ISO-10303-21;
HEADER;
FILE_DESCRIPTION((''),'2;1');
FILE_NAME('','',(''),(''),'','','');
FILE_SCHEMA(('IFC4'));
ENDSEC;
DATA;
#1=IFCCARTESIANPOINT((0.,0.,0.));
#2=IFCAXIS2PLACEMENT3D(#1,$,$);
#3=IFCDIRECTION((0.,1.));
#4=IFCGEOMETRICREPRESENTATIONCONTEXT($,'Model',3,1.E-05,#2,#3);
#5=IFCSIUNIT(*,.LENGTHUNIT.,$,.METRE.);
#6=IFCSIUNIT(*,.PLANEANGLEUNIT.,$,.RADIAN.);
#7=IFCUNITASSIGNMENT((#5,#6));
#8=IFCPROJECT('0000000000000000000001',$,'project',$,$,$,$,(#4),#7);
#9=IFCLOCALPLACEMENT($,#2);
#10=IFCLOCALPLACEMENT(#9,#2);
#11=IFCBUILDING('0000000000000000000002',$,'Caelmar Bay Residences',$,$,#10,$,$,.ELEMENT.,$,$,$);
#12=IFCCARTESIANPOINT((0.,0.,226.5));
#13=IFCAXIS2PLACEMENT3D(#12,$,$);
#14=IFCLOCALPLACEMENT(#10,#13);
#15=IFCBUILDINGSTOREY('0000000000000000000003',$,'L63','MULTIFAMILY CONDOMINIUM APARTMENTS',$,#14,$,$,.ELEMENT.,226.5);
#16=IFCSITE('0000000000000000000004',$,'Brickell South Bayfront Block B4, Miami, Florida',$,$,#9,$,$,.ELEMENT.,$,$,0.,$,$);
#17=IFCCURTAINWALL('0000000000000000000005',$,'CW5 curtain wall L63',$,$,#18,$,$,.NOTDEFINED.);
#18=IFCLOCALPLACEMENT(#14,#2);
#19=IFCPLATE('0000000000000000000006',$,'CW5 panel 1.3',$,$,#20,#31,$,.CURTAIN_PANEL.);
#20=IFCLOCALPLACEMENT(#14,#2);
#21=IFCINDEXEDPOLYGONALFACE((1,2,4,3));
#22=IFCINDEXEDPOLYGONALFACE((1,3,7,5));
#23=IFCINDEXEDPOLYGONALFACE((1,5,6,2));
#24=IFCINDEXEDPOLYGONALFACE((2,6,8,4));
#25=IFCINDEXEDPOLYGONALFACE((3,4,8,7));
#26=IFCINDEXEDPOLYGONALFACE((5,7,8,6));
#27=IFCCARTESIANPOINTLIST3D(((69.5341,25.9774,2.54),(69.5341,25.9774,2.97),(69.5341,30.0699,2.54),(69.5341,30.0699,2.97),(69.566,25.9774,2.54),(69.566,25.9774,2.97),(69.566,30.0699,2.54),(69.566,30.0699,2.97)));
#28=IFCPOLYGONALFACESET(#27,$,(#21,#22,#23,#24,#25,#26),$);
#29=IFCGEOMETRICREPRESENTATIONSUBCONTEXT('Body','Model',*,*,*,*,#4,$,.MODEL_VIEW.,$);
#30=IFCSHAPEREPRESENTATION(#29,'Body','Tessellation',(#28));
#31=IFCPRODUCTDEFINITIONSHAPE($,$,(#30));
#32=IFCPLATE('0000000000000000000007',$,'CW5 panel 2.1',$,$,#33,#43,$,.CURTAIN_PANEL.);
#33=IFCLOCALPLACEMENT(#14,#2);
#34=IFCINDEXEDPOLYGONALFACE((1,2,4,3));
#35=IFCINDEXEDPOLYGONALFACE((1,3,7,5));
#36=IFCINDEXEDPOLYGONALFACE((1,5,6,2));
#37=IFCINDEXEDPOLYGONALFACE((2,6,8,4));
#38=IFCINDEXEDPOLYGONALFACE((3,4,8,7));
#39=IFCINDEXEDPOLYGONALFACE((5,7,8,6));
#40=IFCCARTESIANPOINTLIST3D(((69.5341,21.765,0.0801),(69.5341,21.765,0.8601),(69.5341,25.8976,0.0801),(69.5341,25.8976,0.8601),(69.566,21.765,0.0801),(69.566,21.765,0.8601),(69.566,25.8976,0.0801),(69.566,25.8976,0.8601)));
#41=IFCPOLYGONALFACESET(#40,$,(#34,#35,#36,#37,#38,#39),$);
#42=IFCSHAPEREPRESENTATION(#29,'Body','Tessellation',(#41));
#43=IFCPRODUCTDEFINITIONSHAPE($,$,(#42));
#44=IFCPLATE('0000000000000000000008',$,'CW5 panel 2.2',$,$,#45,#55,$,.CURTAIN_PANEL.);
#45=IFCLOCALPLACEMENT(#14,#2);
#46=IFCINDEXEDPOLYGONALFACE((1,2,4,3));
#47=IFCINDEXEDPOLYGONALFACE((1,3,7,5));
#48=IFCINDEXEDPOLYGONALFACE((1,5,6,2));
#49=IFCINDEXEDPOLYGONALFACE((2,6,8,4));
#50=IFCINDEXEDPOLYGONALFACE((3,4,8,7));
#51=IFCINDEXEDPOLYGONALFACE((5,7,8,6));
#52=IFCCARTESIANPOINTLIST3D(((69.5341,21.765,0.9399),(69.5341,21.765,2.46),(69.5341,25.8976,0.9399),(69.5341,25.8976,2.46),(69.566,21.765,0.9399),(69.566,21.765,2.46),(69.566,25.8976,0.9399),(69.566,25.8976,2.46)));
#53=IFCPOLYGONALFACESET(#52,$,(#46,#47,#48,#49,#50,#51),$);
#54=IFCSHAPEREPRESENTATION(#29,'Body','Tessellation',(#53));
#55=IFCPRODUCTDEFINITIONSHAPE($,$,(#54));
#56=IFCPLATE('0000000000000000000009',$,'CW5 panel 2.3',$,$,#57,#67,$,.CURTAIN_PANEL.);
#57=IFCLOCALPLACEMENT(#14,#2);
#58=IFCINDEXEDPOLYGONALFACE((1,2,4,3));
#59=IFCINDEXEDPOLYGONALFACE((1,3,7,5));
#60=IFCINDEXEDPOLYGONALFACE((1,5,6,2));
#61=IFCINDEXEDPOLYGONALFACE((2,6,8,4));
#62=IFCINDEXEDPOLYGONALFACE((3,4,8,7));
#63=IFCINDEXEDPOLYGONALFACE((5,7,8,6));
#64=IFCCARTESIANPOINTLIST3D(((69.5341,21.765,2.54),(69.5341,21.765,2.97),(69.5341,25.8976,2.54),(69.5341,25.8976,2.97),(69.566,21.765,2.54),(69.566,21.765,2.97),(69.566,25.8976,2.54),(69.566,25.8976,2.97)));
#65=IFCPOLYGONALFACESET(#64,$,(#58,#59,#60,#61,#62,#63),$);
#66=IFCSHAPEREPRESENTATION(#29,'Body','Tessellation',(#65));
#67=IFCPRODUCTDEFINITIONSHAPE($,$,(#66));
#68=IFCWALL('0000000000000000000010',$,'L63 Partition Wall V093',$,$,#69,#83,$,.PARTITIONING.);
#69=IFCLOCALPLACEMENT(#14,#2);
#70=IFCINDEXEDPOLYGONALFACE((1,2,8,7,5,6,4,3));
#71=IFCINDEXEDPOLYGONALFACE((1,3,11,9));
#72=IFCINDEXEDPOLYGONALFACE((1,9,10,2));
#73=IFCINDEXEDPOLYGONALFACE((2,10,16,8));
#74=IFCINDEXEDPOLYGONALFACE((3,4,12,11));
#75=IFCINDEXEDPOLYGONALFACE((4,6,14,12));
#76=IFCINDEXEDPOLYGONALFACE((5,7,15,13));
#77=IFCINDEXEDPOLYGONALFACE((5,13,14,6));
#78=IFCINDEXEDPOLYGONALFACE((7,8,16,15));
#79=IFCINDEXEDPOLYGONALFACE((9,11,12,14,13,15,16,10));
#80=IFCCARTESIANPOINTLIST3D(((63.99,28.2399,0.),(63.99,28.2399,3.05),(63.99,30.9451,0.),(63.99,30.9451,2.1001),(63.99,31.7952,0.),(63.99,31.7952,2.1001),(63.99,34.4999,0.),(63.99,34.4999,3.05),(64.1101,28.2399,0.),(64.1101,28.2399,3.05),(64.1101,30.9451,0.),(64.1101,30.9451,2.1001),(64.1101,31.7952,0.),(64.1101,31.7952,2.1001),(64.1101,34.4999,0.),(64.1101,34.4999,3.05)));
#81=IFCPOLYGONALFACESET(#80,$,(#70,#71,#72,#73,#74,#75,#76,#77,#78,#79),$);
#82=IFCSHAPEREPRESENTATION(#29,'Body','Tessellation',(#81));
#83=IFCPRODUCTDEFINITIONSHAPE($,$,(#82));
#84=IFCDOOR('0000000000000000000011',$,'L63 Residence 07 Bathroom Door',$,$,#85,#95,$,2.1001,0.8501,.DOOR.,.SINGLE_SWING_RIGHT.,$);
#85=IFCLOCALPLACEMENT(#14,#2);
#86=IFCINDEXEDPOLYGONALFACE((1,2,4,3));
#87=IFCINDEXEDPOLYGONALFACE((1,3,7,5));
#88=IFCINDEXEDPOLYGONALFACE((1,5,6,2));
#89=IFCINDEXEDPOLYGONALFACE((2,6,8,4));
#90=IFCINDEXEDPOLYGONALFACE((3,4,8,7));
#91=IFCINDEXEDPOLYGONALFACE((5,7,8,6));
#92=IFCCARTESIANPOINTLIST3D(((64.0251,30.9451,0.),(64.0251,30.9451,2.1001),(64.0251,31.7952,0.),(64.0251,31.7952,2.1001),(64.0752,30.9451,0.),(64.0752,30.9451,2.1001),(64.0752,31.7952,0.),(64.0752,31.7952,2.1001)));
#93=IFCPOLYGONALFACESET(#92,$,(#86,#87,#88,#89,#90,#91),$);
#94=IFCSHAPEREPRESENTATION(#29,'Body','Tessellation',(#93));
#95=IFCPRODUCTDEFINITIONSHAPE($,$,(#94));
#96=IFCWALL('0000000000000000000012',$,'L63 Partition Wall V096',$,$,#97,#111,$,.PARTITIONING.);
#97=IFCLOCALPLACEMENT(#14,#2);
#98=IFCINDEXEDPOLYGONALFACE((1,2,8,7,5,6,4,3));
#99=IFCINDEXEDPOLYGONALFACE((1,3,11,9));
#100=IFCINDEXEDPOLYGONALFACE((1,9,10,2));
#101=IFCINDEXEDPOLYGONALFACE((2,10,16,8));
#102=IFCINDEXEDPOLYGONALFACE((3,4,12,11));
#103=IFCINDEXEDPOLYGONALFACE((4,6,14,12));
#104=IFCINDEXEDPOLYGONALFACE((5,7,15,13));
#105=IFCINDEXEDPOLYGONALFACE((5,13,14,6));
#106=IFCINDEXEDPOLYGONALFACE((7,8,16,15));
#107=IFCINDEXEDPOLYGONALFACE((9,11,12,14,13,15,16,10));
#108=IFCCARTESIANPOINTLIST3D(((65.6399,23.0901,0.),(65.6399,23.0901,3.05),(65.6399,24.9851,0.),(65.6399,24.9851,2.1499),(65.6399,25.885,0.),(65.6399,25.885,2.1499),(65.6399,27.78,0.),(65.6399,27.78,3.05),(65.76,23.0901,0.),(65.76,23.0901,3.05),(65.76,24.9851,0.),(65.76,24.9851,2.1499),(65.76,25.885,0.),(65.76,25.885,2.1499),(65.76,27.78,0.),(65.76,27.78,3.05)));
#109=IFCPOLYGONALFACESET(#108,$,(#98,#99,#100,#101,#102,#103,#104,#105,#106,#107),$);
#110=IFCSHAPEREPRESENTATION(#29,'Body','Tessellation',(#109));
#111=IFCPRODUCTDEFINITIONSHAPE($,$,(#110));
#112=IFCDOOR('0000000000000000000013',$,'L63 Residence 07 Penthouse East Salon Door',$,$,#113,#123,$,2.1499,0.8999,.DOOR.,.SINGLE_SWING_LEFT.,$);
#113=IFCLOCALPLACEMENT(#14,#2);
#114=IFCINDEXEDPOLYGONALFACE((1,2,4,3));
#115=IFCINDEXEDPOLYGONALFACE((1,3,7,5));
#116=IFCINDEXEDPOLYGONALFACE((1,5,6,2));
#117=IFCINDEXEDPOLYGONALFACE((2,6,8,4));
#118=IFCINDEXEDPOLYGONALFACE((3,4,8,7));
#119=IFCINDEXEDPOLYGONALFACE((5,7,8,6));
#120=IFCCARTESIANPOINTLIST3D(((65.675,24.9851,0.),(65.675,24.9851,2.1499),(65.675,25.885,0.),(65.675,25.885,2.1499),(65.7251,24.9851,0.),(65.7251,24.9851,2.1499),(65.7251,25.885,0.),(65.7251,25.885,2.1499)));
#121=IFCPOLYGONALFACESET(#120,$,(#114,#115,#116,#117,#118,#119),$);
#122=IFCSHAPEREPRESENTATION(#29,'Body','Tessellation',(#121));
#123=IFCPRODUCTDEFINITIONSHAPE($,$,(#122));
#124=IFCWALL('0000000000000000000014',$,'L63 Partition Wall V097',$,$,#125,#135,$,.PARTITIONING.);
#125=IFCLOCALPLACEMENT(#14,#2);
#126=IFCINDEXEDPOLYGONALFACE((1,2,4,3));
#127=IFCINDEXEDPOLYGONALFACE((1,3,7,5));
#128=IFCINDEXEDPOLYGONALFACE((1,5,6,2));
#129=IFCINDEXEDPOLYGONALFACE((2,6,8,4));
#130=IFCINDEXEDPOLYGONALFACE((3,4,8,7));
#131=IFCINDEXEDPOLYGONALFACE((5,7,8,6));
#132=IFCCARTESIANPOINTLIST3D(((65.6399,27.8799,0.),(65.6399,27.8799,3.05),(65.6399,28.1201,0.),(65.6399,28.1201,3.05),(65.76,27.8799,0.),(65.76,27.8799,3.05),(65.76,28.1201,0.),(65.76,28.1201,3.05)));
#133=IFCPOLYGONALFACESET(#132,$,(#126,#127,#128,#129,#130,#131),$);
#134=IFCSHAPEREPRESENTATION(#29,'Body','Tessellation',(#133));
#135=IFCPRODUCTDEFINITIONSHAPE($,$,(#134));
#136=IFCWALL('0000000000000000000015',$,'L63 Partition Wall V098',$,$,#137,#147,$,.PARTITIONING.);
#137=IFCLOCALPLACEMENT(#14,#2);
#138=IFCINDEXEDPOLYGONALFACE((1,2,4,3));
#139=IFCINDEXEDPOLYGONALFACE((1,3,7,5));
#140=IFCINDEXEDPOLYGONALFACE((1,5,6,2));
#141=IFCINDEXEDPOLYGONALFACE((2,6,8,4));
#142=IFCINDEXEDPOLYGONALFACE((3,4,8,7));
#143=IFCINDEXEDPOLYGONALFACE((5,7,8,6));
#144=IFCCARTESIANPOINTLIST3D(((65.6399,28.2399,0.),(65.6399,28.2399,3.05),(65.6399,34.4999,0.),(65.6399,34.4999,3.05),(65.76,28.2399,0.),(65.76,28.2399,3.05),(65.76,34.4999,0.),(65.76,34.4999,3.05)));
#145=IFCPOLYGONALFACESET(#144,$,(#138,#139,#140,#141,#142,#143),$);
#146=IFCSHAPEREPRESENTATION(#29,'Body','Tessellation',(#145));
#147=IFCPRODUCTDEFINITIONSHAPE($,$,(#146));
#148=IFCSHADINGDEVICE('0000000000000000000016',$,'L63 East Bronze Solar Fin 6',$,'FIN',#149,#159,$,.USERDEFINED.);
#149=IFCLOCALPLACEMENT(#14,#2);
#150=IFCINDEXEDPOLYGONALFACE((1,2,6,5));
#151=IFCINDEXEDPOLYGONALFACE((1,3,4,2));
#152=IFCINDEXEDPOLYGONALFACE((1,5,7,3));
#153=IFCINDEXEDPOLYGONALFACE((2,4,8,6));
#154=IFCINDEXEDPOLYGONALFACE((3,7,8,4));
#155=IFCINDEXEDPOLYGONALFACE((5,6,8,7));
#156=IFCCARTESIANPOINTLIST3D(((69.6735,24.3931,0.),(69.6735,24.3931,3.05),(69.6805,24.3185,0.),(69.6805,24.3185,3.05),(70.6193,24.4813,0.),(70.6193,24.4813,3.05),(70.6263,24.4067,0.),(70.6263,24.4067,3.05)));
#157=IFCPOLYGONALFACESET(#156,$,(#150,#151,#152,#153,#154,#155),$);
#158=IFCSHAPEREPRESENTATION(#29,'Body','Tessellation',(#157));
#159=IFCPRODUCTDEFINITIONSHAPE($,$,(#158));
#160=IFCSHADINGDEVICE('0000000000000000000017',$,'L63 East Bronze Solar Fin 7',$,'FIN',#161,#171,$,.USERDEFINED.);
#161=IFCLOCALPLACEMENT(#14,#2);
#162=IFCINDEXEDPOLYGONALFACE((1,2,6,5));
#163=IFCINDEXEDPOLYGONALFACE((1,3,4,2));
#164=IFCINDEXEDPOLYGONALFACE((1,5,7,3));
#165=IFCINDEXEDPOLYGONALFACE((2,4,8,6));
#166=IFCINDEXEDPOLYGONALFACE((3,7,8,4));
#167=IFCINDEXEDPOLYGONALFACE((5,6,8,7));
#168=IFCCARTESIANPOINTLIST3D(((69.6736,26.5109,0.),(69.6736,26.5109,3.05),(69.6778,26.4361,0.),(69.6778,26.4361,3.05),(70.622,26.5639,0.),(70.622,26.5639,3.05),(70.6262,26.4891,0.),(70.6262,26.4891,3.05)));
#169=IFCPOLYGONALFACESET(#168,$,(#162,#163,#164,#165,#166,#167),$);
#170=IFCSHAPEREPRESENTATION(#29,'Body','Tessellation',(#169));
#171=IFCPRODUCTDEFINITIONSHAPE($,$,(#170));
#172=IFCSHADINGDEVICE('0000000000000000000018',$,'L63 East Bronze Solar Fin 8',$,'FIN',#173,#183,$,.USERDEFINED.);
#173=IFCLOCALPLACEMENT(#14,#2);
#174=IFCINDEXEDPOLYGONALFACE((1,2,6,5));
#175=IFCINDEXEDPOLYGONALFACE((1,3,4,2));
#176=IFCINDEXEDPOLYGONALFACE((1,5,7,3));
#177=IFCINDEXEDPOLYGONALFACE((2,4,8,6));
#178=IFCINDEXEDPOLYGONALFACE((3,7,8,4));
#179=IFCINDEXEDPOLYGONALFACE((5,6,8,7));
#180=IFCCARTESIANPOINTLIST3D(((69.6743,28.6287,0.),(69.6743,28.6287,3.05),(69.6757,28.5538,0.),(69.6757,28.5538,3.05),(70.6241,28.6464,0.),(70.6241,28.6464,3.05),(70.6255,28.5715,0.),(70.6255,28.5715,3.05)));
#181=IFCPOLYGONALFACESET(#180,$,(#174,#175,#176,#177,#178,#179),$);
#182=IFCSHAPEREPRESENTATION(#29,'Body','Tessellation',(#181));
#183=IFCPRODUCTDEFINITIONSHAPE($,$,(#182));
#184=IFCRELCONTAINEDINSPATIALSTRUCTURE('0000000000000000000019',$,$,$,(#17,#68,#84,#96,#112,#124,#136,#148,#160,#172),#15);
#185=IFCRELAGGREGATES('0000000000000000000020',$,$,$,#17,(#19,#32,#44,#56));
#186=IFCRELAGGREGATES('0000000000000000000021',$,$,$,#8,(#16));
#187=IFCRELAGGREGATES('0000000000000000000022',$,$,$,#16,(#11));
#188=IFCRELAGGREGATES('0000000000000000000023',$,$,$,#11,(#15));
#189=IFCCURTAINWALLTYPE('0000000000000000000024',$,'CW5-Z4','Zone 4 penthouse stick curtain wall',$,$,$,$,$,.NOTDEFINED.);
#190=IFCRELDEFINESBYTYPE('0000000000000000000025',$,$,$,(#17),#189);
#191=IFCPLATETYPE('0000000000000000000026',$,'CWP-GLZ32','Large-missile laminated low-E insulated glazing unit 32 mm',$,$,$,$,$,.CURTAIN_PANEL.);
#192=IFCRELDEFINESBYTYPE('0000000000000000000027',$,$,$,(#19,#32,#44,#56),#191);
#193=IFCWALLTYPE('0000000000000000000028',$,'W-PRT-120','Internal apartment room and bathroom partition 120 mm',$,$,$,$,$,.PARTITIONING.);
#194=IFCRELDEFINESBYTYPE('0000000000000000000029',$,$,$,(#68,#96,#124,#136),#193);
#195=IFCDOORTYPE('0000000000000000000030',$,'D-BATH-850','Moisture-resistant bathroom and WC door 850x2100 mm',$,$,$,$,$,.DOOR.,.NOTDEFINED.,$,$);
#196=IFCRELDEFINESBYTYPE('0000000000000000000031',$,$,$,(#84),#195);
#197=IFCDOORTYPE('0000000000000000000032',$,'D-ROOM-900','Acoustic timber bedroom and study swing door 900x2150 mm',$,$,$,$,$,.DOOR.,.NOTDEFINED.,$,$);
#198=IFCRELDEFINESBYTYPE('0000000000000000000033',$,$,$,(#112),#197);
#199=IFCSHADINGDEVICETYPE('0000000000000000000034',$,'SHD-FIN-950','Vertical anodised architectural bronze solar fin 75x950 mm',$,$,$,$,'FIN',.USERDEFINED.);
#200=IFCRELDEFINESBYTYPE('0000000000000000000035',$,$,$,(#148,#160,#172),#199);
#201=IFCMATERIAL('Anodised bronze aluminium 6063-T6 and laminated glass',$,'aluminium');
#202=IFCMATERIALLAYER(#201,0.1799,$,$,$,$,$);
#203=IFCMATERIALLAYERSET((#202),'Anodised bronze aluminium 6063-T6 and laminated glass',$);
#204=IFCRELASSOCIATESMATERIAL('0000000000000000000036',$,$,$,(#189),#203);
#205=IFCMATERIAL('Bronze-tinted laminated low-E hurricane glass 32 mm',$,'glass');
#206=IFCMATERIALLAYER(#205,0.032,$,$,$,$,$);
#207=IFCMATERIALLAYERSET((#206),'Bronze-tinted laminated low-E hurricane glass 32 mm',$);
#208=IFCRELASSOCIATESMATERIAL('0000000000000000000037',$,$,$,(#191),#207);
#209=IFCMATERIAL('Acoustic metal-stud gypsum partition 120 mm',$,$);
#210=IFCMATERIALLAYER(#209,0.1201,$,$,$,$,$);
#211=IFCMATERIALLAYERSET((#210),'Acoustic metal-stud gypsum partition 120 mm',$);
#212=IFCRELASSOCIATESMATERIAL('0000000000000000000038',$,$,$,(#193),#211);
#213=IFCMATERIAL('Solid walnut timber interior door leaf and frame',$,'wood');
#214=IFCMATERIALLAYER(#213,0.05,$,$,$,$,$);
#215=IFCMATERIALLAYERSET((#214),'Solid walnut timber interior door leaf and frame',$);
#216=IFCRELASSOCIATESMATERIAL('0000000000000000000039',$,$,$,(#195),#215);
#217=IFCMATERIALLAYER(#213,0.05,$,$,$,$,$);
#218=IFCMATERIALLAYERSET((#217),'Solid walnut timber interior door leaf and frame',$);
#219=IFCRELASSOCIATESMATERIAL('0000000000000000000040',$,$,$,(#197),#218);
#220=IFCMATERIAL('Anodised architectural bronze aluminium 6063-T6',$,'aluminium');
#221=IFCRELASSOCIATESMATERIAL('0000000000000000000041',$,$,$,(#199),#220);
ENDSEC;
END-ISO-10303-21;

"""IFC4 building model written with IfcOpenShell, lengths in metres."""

from ifc_helpers import new_model, si_unit, direction, frame, frame_2d, origin, origin_2d, place, context, subcontext, project, spatial, rectangle, extrude, material, layer, layer_set, material_profile, profile_set, type_object, element, fill, aggregate, save


model = new_model("IFC4")

# Units and contexts
model_context = context("Model", 3, precision=1e-05, world=origin(), true_north=direction((0.0, 1.0)))
body_context = subcontext(model_context, "Body", "Model", "MODEL_VIEW")
ifc_project = project(units=[si_unit("LENGTHUNIT", "METRE"), si_unit("PLANEANGLEUNIT", "RADIAN")], contexts=[model_context])

# Site, building, storey
site_placement = place(None, origin())
site = spatial("IfcSite", under=ifc_project, at=site_placement, Name="Brickell South Bayfront Block B4, Miami, Florida", CompositionType="ELEMENT", RefElevation=0.0)
building_placement = place(site_placement, origin())
building = spatial("IfcBuilding", under=site, at=building_placement, Name="Caelmar Bay Residences", CompositionType="ELEMENT")
storey_placement = place(building_placement, frame((0.0, 0.0, 226.5)))
storey = spatial("IfcBuildingStorey", under=building, at=storey_placement, Name="L63", Description="MULTIFAMILY CONDOMINIUM APARTMENTS", CompositionType="ELEMENT", Elevation=226.5)

# Curtain wall, plates
ifc_material_1 = material(Name="Anodised bronze aluminium 6063-T6 and laminated glass", Category="aluminium")
ifc_layer_1 = layer(ifc_material_1, 0.1799)
ifc_layer_set_1 = layer_set([ifc_layer_1], Name="Anodised bronze aluminium 6063-T6 and laminated glass")
curtain_wall_type = type_object("IfcCurtainWallType", Name="CW5-Z4", Description="Zone 4 penthouse stick curtain wall", PredefinedType="NOTDEFINED", material=ifc_layer_set_1)
curtain_wall_placement = place(storey_placement, origin())
curtain_wall = element("IfcCurtainWall", 1, at=curtain_wall_placement, inside=storey, type_object=curtain_wall_type, Name="CW5 curtain wall L63", PredefinedType="NOTDEFINED")
ifc_material_2 = material(Name="Bronze-tinted laminated low-E hurricane glass 32 mm", Category="glass")
ifc_layer_2 = layer(ifc_material_2, 0.032)
ifc_layer_set_2 = layer_set([ifc_layer_2], Name="Bronze-tinted laminated low-E hurricane glass 32 mm")
plate_type = type_object("IfcPlateType", Name="CWP-GLZ32", Description="Large-missile laminated low-E insulated glazing unit 32 mm", PredefinedType="CURTAIN_PANEL", material=ifc_layer_set_2)
plate_1_placement = place(storey_placement, frame((69.55, 28.0237, 2.54), z_axis=(0.0, 0.0, 1.0), x_axis=(0.0, -1.0, 0.0)))
plate_1 = element("IfcPlate", 2, at=plate_1_placement, type_object=plate_type, Name="CW5 panel 1.3", PredefinedType="CURTAIN_PANEL", context=body_context, shape_type="SweptSolid", body=[
    extrude(rectangle(XDim=4.0925, YDim=0.032, at=origin_2d()), origin(), (0.0, 0.0, 1.0), 0.4299),
])
plate_2_placement = place(storey_placement, frame((69.55, 23.8313, 0.0801), z_axis=(0.0, 0.0, 1.0), x_axis=(0.0, -1.0, 0.0)))
plate_2 = element("IfcPlate", 3, at=plate_2_placement, type_object=plate_type, Name="CW5 panel 2.1", PredefinedType="CURTAIN_PANEL", context=body_context, shape_type="SweptSolid", body=[
    extrude(rectangle(XDim=4.1326, YDim=0.032, at=origin_2d()), origin(), (0.0, 0.0, 1.0), 0.78),
])
plate_3_placement = place(storey_placement, frame((69.55, 23.8313, 0.9399), z_axis=(0.0, 0.0, 1.0), x_axis=(0.0, -1.0, 0.0)))
plate_3 = element("IfcPlate", 4, at=plate_3_placement, type_object=plate_type, Name="CW5 panel 2.2", PredefinedType="CURTAIN_PANEL", context=body_context, shape_type="SweptSolid", body=[
    extrude(rectangle(XDim=4.1326, YDim=0.032, at=origin_2d()), origin(), (0.0, 0.0, 1.0), 1.52),
])
plate_4_placement = place(storey_placement, frame((69.55, 23.8313, 2.54), z_axis=(0.0, 0.0, 1.0), x_axis=(0.0, -1.0, 0.0)))
plate_4 = element("IfcPlate", 5, at=plate_4_placement, type_object=plate_type, Name="CW5 panel 2.3", PredefinedType="CURTAIN_PANEL", context=body_context, shape_type="SweptSolid", body=[
    extrude(rectangle(XDim=4.1326, YDim=0.032, at=origin_2d()), origin(), (0.0, 0.0, 1.0), 0.4299),
])
aggregate(curtain_wall, [plate_1, plate_2, plate_3, plate_4])

# Walls, openings, doors
ifc_material_3 = material(Name="Acoustic metal-stud gypsum partition 120 mm")
ifc_layer_3 = layer(ifc_material_3, 0.1201)
ifc_layer_set_3 = layer_set([ifc_layer_3], Name="Acoustic metal-stud gypsum partition 120 mm")
wall_type = type_object("IfcWallType", Name="W-PRT-120", Description="Internal apartment room and bathroom partition 120 mm", PredefinedType="PARTITIONING", material=ifc_layer_set_3)
wall_1_placement = place(storey_placement, frame((64.05, 28.24, 0.0), z_axis=(0.0, 0.0, 1.0), x_axis=(0.0, 1.0, 0.0)))
wall_1 = element("IfcWall", 6, at=wall_1_placement, inside=storey, type_object=wall_type, Name="L63 Partition Wall V093", PredefinedType="PARTITIONING", context=body_context, shape_type="SweptSolid", body=[
    extrude(rectangle(XDim=6.26, YDim=0.1201, at=frame_2d((3.1299, 0.0))), origin(), (0.0, 0.0, 1.0), 3.05),
])
opening_1_placement = place(wall_1_placement, frame((2.7051, 0.0, 0.0)))
opening_1 = element("IfcOpeningElement", 7, at=opening_1_placement, cuts=wall_1, PredefinedType="OPENING", context=body_context, shape_type="SweptSolid", body=[
    extrude(rectangle(XDim=0.8501, YDim=2.1001, at=frame_2d((0.425, 1.05))), frame((0.0, 0.0701, 0.0), z_axis=(0.0, -1.0, 0.0), x_axis=(1.0, 0.0, 0.0)), (0.0, 0.0, 1.0), 0.1401),
])
ifc_material_4 = material(Name="Solid walnut timber interior door leaf and frame", Category="wood")
ifc_layer_4 = layer(ifc_material_4, 0.05)
ifc_layer_set_4 = layer_set([ifc_layer_4], Name="Solid walnut timber interior door leaf and frame")
door_type_1 = type_object("IfcDoorType", Name="D-BATH-850", Description="Moisture-resistant bathroom and WC door 850x2100 mm", OperationType="NOTDEFINED", PredefinedType="DOOR", material=ifc_layer_set_4)
door_1_placement = place(opening_1_placement, origin())
door_1 = element("IfcDoor", 8, at=door_1_placement, inside=storey, type_object=door_type_1, Name="L63 Residence 07 Bathroom Door", OperationType="SINGLE_SWING_RIGHT", OverallHeight=2.1001, OverallWidth=0.8501, PredefinedType="DOOR", context=body_context, shape_type="SweptSolid", body=[
    extrude(rectangle(XDim=0.8501, YDim=2.1001, at=frame_2d((0.425, 1.05))), frame((0.0, 0.0249, 0.0), z_axis=(0.0, -1.0, 0.0), x_axis=(1.0, 0.0, 0.0)), (0.0, 0.0, 1.0), 0.05),
])
fill(opening_1, door_1)
wall_2_placement = place(storey_placement, frame((65.7, 23.0901, 0.0), z_axis=(0.0, 0.0, 1.0), x_axis=(0.0, 1.0, 0.0)))
wall_2 = element("IfcWall", 9, at=wall_2_placement, inside=storey, type_object=wall_type, Name="L63 Partition Wall V096", PredefinedType="PARTITIONING", context=body_context, shape_type="SweptSolid", body=[
    extrude(rectangle(XDim=4.6899, YDim=0.1201, at=frame_2d((2.345, 0.0))), origin(), (0.0, 0.0, 1.0), 3.05),
])
opening_2_placement = place(wall_2_placement, frame((1.895, 0.0, 0.0)))
opening_2 = element("IfcOpeningElement", 10, at=opening_2_placement, cuts=wall_2, PredefinedType="OPENING", context=body_context, shape_type="SweptSolid", body=[
    extrude(rectangle(XDim=0.8999, YDim=2.1499, at=frame_2d((0.45, 1.075))), frame((0.0, 0.0701, 0.0), z_axis=(0.0, -1.0, 0.0), x_axis=(1.0, 0.0, 0.0)), (0.0, 0.0, 1.0), 0.1401),
])
ifc_layer_5 = layer(ifc_material_4, 0.05)
ifc_layer_set_5 = layer_set([ifc_layer_5], Name="Solid walnut timber interior door leaf and frame")
door_type_2 = type_object("IfcDoorType", Name="D-ROOM-900", Description="Acoustic timber bedroom and study swing door 900x2150 mm", OperationType="NOTDEFINED", PredefinedType="DOOR", material=ifc_layer_set_5)
door_2_placement = place(opening_2_placement, origin())
door_2 = element("IfcDoor", 11, at=door_2_placement, inside=storey, type_object=door_type_2, Name="L63 Residence 07 Penthouse East Salon Door", OperationType="SINGLE_SWING_LEFT", OverallHeight=2.1499, OverallWidth=0.8999, PredefinedType="DOOR", context=body_context, shape_type="SweptSolid", body=[
    extrude(rectangle(XDim=0.8999, YDim=2.1499, at=frame_2d((0.45, 1.075))), frame((0.0, 0.0249, 0.0), z_axis=(0.0, -1.0, 0.0), x_axis=(1.0, 0.0, 0.0)), (0.0, 0.0, 1.0), 0.05),
])
fill(opening_2, door_2)

# Walls
wall_3_placement = place(storey_placement, frame((65.7, 27.8799, 0.0), z_axis=(0.0, 0.0, 1.0), x_axis=(0.0, 1.0, 0.0)))
element("IfcWall", 12, at=wall_3_placement, inside=storey, type_object=wall_type, Name="L63 Partition Wall V097", PredefinedType="PARTITIONING", context=body_context, shape_type="SweptSolid", body=[
    extrude(rectangle(XDim=0.2402, YDim=0.1201, at=frame_2d((0.1201, 0.0))), origin(), (0.0, 0.0, 1.0), 3.05),
])
wall_4_placement = place(storey_placement, frame((65.7, 28.24, 0.0), z_axis=(0.0, 0.0, 1.0), x_axis=(0.0, 1.0, 0.0)))
element("IfcWall", 13, at=wall_4_placement, inside=storey, type_object=wall_type, Name="L63 Partition Wall V098", PredefinedType="PARTITIONING", context=body_context, shape_type="SweptSolid", body=[
    extrude(rectangle(XDim=6.26, YDim=0.1201, at=frame_2d((3.1299, 0.0))), origin(), (0.0, 0.0, 1.0), 3.05),
])

# Shading devices
ifc_material_5 = material(Name="Anodised architectural bronze aluminium 6063-T6", Category="aluminium")
ifc_material_profile_1 = material_profile(ifc_material_5, rectangle(XDim=0.075, YDim=0.95, at=origin_2d()), Name="BRONZE-FIN-75X950")
ifc_profile_set_1 = profile_set([ifc_material_profile_1], Name="Anodised architectural bronze aluminium 6063-T6")
shading_device_type = type_object("IfcShadingDeviceType", Name="SHD-FIN-950", Description="Vertical anodised architectural bronze solar fin 75x950 mm", ElementType="FIN", PredefinedType="USERDEFINED", material=ifc_profile_set_1)
for number, where, z_axis, x_axis, name in (
    (14, (70.1499, 24.3999, 0.0), (0.0, 0.0, 1.0), (-0.092892, 0.995676, 0.0), "L63 East Bronze Solar Fin 6"),
    (15, (70.1499, 26.5, 0.0), (0.0, 0.0, 1.0), (-0.055822, 0.998441, 0.0), "L63 East Bronze Solar Fin 7"),
    (16, (70.1499, 28.6001, 0.0), (0.0, 0.0, 1.0), (-0.018674, 0.999826, 0.0), "L63 East Bronze Solar Fin 8"),
):
    element("IfcShadingDevice", number, at=place(storey_placement, frame(where, z_axis=z_axis, x_axis=x_axis)), inside=storey, type_object=shading_device_type, Name=name, ObjectType="FIN", PredefinedType="USERDEFINED", context=body_context, shape_type="SweptSolid", body=[
        extrude(rectangle(XDim=0.075, YDim=0.95, at=origin_2d()), origin(), (0.0, 0.0, 1.0), 3.05),
    ])

save(model, "model.ifc")
